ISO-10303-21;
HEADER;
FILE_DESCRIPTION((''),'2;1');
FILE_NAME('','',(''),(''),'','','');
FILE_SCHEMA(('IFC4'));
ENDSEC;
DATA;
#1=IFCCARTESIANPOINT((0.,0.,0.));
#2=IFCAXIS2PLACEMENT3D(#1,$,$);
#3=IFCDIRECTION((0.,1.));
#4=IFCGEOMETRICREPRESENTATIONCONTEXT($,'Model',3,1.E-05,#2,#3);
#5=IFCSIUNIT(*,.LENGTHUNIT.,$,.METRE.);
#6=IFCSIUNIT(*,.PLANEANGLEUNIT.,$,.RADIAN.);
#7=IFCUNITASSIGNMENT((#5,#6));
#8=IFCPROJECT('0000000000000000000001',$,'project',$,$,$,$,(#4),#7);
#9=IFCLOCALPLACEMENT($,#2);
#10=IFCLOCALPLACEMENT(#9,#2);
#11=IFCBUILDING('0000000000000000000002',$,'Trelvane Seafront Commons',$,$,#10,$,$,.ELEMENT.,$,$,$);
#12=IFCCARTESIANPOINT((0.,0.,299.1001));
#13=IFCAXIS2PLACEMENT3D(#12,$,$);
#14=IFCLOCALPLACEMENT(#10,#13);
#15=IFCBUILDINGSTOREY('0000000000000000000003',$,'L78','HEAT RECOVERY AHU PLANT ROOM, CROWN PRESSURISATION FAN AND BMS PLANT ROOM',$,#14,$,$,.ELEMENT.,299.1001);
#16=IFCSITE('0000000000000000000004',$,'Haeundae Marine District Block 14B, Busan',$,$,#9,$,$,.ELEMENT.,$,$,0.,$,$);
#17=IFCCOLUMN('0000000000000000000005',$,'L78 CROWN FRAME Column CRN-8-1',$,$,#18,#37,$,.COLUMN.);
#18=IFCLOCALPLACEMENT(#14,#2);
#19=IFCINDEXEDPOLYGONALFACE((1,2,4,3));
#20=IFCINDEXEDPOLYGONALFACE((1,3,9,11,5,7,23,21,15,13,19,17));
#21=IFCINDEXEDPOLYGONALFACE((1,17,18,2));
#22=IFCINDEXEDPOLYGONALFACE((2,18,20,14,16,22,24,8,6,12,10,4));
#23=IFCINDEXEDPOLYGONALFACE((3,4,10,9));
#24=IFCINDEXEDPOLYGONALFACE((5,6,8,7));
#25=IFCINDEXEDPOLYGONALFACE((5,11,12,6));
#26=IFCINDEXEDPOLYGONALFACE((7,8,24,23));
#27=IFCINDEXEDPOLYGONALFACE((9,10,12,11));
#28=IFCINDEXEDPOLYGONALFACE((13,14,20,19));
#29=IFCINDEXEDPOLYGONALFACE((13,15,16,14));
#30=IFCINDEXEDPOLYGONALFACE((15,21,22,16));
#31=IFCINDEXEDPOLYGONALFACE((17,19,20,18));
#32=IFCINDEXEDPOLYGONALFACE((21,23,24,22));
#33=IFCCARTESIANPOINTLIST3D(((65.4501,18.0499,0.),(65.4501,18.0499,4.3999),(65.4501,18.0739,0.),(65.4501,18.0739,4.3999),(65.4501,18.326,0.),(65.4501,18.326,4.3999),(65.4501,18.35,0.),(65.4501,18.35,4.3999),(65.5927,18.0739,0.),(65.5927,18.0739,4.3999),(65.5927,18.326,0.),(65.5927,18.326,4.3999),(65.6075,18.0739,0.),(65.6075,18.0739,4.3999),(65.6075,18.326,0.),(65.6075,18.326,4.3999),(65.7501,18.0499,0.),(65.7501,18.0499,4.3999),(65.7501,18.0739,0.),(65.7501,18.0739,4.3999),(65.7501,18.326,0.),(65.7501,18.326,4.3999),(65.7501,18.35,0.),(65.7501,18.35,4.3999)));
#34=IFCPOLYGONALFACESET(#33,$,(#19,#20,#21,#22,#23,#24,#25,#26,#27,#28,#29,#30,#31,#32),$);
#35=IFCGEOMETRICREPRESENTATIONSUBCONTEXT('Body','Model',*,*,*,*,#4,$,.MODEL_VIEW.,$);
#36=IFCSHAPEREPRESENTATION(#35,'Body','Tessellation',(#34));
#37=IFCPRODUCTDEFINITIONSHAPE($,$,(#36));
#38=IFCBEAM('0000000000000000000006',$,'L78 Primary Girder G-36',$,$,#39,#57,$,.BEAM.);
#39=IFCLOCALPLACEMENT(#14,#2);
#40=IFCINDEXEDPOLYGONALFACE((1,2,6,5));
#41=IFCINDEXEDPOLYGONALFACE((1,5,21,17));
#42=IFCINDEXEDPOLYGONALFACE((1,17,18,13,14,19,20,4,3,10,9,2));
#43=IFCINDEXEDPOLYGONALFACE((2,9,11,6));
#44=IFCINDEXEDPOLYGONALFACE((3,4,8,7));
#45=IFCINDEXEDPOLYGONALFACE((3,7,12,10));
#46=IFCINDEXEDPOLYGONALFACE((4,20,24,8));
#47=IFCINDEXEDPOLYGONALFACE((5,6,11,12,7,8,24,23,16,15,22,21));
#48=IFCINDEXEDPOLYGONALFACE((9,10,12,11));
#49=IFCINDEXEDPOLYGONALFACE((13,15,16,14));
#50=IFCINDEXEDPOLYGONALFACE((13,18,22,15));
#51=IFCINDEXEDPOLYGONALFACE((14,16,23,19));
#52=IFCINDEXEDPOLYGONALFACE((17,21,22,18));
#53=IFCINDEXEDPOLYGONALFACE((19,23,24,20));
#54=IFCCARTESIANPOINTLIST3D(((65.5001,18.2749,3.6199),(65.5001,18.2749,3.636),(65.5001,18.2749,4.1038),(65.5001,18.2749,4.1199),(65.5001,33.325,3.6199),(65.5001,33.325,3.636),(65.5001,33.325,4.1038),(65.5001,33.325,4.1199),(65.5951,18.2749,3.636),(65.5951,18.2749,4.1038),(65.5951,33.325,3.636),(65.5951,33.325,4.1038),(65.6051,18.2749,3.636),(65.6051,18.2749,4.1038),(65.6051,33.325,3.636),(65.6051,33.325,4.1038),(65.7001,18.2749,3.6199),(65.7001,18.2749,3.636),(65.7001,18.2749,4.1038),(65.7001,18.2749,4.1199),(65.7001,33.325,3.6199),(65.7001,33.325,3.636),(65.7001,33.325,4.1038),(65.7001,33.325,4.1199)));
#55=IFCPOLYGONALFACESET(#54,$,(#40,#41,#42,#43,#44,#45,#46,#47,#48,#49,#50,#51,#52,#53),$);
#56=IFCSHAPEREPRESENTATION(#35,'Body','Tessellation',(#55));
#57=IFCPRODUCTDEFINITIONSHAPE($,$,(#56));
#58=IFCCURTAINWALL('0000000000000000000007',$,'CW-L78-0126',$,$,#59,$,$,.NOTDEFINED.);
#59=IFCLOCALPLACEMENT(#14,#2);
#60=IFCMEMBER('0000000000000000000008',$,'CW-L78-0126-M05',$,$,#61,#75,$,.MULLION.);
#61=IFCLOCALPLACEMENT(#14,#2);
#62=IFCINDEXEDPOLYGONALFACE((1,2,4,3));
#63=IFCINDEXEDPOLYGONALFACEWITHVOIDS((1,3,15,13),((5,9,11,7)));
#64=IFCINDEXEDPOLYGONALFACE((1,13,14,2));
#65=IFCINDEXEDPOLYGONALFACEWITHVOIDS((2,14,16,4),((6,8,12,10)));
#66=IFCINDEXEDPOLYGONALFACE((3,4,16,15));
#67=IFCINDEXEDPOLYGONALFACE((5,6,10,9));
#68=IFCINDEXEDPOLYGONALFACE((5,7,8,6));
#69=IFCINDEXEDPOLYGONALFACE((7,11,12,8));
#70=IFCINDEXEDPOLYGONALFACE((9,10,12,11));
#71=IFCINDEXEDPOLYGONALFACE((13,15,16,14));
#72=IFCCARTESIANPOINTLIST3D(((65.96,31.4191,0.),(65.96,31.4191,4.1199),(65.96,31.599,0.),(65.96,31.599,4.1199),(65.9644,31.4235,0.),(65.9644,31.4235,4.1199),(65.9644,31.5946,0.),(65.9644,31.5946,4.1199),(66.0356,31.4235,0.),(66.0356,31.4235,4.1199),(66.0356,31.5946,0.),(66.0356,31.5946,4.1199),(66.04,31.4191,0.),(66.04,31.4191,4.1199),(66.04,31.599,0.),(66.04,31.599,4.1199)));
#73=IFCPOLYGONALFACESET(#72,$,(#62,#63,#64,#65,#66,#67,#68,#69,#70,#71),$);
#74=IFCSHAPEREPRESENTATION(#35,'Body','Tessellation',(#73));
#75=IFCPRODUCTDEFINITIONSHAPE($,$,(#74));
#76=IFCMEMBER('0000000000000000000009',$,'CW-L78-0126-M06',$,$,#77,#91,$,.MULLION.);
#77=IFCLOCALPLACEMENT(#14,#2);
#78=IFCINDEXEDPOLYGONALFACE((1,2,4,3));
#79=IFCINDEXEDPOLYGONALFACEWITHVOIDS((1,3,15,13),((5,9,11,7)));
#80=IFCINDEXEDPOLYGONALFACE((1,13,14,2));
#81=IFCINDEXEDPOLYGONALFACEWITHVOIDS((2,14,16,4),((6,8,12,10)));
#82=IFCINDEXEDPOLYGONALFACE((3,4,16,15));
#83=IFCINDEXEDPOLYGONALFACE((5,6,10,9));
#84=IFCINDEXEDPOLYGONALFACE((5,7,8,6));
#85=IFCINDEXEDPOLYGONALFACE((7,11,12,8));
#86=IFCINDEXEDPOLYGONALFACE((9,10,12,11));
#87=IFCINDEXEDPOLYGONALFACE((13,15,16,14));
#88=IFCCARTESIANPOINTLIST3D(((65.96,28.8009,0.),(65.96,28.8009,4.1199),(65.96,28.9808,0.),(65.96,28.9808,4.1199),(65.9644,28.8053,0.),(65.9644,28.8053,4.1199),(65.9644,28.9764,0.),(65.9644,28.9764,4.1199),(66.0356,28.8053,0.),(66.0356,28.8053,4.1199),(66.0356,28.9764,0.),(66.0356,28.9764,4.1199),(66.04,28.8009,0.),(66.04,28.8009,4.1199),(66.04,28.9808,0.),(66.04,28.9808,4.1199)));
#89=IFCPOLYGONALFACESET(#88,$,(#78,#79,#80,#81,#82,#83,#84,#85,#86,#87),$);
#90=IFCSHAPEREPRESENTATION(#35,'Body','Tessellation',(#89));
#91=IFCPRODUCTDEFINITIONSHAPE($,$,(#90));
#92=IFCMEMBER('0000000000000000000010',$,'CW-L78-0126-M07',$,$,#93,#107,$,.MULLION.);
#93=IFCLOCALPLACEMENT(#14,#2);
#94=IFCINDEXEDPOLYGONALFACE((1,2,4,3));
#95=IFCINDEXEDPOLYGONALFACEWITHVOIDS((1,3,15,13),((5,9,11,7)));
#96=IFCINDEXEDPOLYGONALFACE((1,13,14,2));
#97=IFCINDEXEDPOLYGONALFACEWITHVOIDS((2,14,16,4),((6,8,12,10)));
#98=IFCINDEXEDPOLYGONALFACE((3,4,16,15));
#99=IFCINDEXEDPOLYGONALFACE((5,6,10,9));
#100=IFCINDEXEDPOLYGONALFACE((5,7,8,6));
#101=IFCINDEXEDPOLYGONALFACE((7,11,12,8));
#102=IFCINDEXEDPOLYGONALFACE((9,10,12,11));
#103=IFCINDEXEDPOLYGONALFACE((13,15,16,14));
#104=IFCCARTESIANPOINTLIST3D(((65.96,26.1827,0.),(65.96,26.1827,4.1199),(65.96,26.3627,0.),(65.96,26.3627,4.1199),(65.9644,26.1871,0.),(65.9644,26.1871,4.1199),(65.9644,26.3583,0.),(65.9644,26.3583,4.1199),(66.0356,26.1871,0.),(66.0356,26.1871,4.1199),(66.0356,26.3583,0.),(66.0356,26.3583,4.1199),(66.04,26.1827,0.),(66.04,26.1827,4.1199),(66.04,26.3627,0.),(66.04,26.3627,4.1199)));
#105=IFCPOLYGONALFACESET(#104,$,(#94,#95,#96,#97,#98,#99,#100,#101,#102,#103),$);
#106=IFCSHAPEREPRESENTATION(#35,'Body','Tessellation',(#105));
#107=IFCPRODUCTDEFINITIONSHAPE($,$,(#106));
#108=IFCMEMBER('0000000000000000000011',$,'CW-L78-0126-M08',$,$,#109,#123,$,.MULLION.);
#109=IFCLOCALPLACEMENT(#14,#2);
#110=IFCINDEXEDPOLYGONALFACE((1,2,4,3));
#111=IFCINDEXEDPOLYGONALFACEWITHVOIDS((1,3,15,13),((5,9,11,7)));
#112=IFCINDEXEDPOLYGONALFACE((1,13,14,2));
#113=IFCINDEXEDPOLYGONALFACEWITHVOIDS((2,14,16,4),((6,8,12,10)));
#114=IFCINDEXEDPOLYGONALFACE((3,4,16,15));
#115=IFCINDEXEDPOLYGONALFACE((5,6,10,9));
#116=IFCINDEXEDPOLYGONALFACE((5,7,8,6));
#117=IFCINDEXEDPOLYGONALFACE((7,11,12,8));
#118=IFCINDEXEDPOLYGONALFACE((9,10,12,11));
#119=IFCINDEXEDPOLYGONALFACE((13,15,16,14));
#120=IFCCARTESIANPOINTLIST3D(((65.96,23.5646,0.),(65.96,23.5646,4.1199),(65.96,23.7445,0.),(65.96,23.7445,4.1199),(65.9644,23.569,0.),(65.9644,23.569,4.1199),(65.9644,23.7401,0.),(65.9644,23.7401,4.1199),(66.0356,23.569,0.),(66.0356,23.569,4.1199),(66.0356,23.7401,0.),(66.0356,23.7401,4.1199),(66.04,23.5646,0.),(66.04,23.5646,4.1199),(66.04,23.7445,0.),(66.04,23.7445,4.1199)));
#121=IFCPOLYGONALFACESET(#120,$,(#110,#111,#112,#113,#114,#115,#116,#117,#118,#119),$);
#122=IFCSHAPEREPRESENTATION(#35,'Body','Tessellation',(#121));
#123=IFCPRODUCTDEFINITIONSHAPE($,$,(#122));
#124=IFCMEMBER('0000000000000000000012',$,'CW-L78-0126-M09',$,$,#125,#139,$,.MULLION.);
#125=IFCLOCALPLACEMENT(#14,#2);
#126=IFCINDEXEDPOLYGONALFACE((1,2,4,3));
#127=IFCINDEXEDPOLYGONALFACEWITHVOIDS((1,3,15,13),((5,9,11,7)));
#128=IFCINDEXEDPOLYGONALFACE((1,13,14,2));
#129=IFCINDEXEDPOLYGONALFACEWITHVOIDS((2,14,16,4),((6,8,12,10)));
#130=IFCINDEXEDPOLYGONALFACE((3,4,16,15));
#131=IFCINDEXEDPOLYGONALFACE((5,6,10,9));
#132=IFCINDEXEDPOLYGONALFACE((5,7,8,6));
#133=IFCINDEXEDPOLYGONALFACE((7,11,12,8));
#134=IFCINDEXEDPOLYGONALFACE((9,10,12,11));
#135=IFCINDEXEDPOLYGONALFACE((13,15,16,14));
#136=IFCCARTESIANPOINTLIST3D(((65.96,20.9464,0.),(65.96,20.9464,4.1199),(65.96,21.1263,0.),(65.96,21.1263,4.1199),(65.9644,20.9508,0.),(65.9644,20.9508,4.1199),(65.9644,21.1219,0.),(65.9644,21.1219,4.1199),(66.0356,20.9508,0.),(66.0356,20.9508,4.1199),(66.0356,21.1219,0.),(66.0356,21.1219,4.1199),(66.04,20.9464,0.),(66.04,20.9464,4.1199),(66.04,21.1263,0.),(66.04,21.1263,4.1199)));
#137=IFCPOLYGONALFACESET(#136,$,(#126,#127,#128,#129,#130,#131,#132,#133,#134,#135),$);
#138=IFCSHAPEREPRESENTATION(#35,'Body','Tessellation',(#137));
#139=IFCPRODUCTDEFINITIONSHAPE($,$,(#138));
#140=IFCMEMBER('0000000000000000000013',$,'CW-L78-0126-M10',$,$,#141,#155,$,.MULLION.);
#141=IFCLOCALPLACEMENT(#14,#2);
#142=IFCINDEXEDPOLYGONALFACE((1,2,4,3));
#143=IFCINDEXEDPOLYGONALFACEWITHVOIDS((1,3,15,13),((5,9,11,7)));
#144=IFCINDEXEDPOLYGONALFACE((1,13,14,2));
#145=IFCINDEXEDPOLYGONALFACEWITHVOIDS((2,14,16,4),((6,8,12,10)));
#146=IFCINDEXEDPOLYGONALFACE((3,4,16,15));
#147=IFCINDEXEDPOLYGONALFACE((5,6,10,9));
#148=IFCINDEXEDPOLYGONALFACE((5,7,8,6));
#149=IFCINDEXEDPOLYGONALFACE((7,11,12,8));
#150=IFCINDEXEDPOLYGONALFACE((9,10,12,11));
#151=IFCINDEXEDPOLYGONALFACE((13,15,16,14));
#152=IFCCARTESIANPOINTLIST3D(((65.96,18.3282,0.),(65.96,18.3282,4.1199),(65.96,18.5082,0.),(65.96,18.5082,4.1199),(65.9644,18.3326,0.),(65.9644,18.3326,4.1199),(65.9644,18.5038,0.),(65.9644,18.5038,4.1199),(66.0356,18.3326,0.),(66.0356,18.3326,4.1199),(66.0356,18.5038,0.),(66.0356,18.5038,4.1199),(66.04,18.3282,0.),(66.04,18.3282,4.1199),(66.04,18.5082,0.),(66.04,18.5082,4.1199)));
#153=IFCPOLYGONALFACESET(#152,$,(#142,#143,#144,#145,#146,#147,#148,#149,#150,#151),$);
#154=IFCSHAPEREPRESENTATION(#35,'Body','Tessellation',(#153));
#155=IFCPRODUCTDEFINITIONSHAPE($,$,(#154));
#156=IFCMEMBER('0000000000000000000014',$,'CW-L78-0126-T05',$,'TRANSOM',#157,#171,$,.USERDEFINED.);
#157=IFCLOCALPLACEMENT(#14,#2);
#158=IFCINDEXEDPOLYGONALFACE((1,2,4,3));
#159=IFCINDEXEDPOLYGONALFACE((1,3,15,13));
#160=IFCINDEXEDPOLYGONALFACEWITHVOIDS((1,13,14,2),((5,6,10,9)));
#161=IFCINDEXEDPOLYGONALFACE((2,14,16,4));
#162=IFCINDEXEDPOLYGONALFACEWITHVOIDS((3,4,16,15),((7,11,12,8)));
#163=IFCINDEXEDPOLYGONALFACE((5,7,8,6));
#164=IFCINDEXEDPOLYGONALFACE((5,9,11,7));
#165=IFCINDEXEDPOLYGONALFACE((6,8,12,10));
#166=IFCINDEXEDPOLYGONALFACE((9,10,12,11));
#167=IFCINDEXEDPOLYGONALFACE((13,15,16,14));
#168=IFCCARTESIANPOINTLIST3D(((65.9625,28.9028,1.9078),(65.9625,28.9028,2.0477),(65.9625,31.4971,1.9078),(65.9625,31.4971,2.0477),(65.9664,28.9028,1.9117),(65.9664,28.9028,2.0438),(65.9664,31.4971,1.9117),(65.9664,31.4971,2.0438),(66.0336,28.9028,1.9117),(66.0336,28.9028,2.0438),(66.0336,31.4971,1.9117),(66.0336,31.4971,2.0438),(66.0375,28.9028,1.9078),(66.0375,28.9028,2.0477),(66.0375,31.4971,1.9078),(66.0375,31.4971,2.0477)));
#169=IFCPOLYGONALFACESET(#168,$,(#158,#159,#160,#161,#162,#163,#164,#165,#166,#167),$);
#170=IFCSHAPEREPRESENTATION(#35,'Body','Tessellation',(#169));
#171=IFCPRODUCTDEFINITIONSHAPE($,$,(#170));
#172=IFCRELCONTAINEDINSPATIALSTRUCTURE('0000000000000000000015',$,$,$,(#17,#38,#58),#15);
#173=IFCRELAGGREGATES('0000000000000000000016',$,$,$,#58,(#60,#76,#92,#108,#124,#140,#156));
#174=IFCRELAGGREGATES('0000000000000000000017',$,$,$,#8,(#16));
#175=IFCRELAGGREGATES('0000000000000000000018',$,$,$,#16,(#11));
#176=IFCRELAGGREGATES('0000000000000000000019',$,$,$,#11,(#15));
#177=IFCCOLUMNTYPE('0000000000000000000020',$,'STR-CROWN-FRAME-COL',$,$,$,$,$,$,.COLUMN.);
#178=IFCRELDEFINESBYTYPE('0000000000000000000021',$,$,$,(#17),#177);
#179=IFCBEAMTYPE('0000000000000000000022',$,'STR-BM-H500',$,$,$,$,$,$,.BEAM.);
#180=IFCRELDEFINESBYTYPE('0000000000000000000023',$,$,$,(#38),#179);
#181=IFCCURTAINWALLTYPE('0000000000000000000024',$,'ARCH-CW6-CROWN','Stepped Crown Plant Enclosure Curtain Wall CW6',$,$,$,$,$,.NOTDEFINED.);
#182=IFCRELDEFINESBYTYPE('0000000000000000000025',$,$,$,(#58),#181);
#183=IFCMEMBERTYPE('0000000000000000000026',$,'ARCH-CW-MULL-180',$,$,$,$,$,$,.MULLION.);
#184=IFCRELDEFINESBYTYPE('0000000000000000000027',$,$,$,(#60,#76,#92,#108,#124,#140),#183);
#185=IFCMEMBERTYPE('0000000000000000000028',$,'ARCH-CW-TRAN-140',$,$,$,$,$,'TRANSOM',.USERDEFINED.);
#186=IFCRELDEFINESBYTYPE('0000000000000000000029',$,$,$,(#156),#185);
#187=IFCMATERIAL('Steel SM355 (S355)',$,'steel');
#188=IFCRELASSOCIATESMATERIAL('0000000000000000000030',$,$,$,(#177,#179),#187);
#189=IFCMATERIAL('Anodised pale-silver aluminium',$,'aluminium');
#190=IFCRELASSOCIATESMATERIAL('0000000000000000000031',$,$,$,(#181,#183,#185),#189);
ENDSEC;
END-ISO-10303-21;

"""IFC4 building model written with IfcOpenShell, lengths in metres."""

from ifc_helpers import new_model, si_unit, direction, frame, origin, origin_2d, place, context, subcontext, project, spatial, hollow_rectangle, i_section, extrude, source, transform, mapped, material, material_profile, profile_set, type_object, element, aggregate, save


model = new_model("IFC4")

# Units and contexts
model_context = context("Model", 3, precision=1e-05, world=origin(), true_north=direction((0.0, 1.0)))
body_context = subcontext(model_context, "Body", "Model", "MODEL_VIEW")
ifc_project = project(units=[si_unit("LENGTHUNIT", "METRE"), si_unit("PLANEANGLEUNIT", "RADIAN")], contexts=[model_context])

# Site, building, storey
site_placement = place(None, origin())
site = spatial("IfcSite", under=ifc_project, at=site_placement, Name="Haeundae Marine District Block 14B, Busan", CompositionType="ELEMENT", RefElevation=0.0)
building_placement = place(site_placement, origin())
building = spatial("IfcBuilding", under=site, at=building_placement, Name="Trelvane Seafront Commons", CompositionType="ELEMENT")
storey_placement = place(building_placement, frame((0.0, 0.0, 299.1001)))
storey = spatial("IfcBuildingStorey", under=building, at=storey_placement, Name="L78", Description="HEAT RECOVERY AHU PLANT ROOM, CROWN PRESSURISATION FAN AND BMS PLANT ROOM", CompositionType="ELEMENT", Elevation=299.1001)

# Column
ifc_material_1 = material(Name="Steel SM355 (S355)", Category="steel")
ifc_material_profile_1 = material_profile(ifc_material_1, i_section(OverallWidth=0.3, OverallDepth=0.3, WebThickness=0.0149, FlangeThickness=0.0239, at=origin_2d()), Name="HD-300x300x15x24")
ifc_profile_set_1 = profile_set([ifc_material_profile_1], Name="Steel SM355 (S355)")
column_type = type_object("IfcColumnType", Name="STR-CROWN-FRAME-COL", PredefinedType="COLUMN", material=ifc_profile_set_1)
shared_shape_1 = source(origin(), body_context, "Body", "SweptSolid", [
    extrude(i_section(OverallWidth=0.3, OverallDepth=0.3, WebThickness=0.0149, FlangeThickness=0.0239, at=origin_2d()), origin(), (0.0, 0.0, 1.0), 4.3999),
])
column_placement = place(storey_placement, frame((65.6001, 18.2, 0.0), z_axis=(0.0, 0.0, 1.0), x_axis=(1.0, 0.0, 0.0)))
element("IfcColumn", 1, at=column_placement, inside=storey, type_object=column_type, Name="L78 CROWN FRAME Column CRN-8-1", PredefinedType="COLUMN", context=body_context, shape_type="MappedRepresentation", body=[
    mapped(shared_shape_1, transform((0.0, 0.0, 0.0), x_axis=(1.0, 0.0, 0.0), y_axis=(0.0, 1.0, 0.0), z_axis=(0.0, 0.0, 1.0), scale=1.0)),
])

# Beam
ifc_material_profile_2 = material_profile(ifc_material_1, i_section(OverallWidth=0.2, OverallDepth=0.5, WebThickness=0.01, FlangeThickness=0.0161, at=origin_2d()), Name="H-500x200x10x16")
ifc_profile_set_2 = profile_set([ifc_material_profile_2], Name="Steel SM355 (S355)")
beam_type = type_object("IfcBeamType", Name="STR-BM-H500", PredefinedType="BEAM", material=ifc_profile_set_2)
shared_shape_2 = source(origin(), body_context, "Body", "SweptSolid", [
    extrude(i_section(OverallWidth=0.2, OverallDepth=0.5, WebThickness=0.01, FlangeThickness=0.0161, at=origin_2d()), origin(), (0.0, 0.0, 1.0), 15.05),
])
beam_placement = place(storey_placement, frame((65.6001, 18.2749, 3.8699), z_axis=(0.0, 1.0, 0.0), x_axis=(-1.0, 0.0, 0.0)))
element("IfcBeam", 2, at=beam_placement, inside=storey, type_object=beam_type, Name="L78 Primary Girder G-36", PredefinedType="BEAM", context=body_context, shape_type="MappedRepresentation", body=[
    mapped(shared_shape_2, transform((0.0, 0.0, 0.0), x_axis=(1.0, 0.0, 0.0), y_axis=(0.0, 1.0, 0.0), z_axis=(0.0, 0.0, 1.0), scale=1.0)),
])

# Curtain wall, members
ifc_material_2 = material(Name="Anodised pale-silver aluminium", Category="aluminium")
curtain_wall_type = type_object("IfcCurtainWallType", Name="ARCH-CW6-CROWN", Description="Stepped Crown Plant Enclosure Curtain Wall CW6", PredefinedType="NOTDEFINED", material=ifc_material_2)
curtain_wall_placement = place(storey_placement, origin())
curtain_wall = element("IfcCurtainWall", 3, at=curtain_wall_placement, inside=storey, type_object=curtain_wall_type, Name="CW-L78-0126", PredefinedType="NOTDEFINED")
ifc_material_profile_3 = material_profile(ifc_material_2, hollow_rectangle(XDim=0.0801, YDim=0.1799, WallThickness=0.0044, at=origin_2d()), Name="MULL-80x180x4.5")
ifc_profile_set_3 = profile_set([ifc_material_profile_3], Name="Anodised pale-silver aluminium")
member_type_1 = type_object("IfcMemberType", Name="ARCH-CW-MULL-180", PredefinedType="MULLION", material=ifc_profile_set_3)
shared_shape_3 = source(origin(), body_context, "Body", "SweptSolid", [
    extrude(hollow_rectangle(XDim=0.0801, YDim=0.1799, WallThickness=0.0044, at=origin_2d()), origin(), (0.0, 0.0, 1.0), 4.1199),
])
member_1_placement = place(storey_placement, frame((66.0, 31.509, 0.0), z_axis=(0.0, 0.0, 1.0), x_axis=(1.0, 0.0, 0.0)))
member_1 = element("IfcMember", 4, at=member_1_placement, type_object=member_type_1, Name="CW-L78-0126-M05", PredefinedType="MULLION", context=body_context, shape_type="MappedRepresentation", body=[
    mapped(shared_shape_3, transform((0.0, 0.0, 0.0), x_axis=(1.0, 0.0, 0.0), y_axis=(0.0, 1.0, 0.0), z_axis=(0.0, 0.0, 1.0), scale=1.0)),
])
member_2_placement = place(storey_placement, frame((66.0, 28.8909, 0.0), z_axis=(0.0, 0.0, 1.0), x_axis=(1.0, 0.0, 0.0)))
member_2 = element("IfcMember", 5, at=member_2_placement, type_object=member_type_1, Name="CW-L78-0126-M06", PredefinedType="MULLION", context=body_context, shape_type="MappedRepresentation", body=[
    mapped(shared_shape_3, transform((0.0, 0.0, 0.0), x_axis=(1.0, 0.0, 0.0), y_axis=(0.0, 1.0, 0.0), z_axis=(0.0, 0.0, 1.0), scale=1.0)),
])
member_3_placement = place(storey_placement, frame((66.0, 26.2727, 0.0), z_axis=(0.0, 0.0, 1.0), x_axis=(1.0, 0.0, 0.0)))
member_3 = element("IfcMember", 6, at=member_3_placement, type_object=member_type_1, Name="CW-L78-0126-M07", PredefinedType="MULLION", context=body_context, shape_type="MappedRepresentation", body=[
    mapped(shared_shape_3, transform((0.0, 0.0, 0.0), x_axis=(1.0, 0.0, 0.0), y_axis=(0.0, 1.0, 0.0), z_axis=(0.0, 0.0, 1.0), scale=1.0)),
])
member_4_placement = place(storey_placement, frame((66.0, 23.6545, 0.0), z_axis=(0.0, 0.0, 1.0), x_axis=(1.0, 0.0, 0.0)))
member_4 = element("IfcMember", 7, at=member_4_placement, type_object=member_type_1, Name="CW-L78-0126-M08", PredefinedType="MULLION", context=body_context, shape_type="MappedRepresentation", body=[
    mapped(shared_shape_3, transform((0.0, 0.0, 0.0), x_axis=(1.0, 0.0, 0.0), y_axis=(0.0, 1.0, 0.0), z_axis=(0.0, 0.0, 1.0), scale=1.0)),
])
member_5_placement = place(storey_placement, frame((66.0, 21.0364, 0.0), z_axis=(0.0, 0.0, 1.0), x_axis=(1.0, 0.0, 0.0)))
member_5 = element("IfcMember", 8, at=member_5_placement, type_object=member_type_1, Name="CW-L78-0126-M09", PredefinedType="MULLION", context=body_context, shape_type="MappedRepresentation", body=[
    mapped(shared_shape_3, transform((0.0, 0.0, 0.0), x_axis=(1.0, 0.0, 0.0), y_axis=(0.0, 1.0, 0.0), z_axis=(0.0, 0.0, 1.0), scale=1.0)),
])
member_6_placement = place(storey_placement, frame((66.0, 18.4182, 0.0), z_axis=(0.0, 0.0, 1.0), x_axis=(1.0, 0.0, 0.0)))
member_6 = element("IfcMember", 9, at=member_6_placement, type_object=member_type_1, Name="CW-L78-0126-M10", PredefinedType="MULLION", context=body_context, shape_type="MappedRepresentation", body=[
    mapped(shared_shape_3, transform((0.0, 0.0, 0.0), x_axis=(1.0, 0.0, 0.0), y_axis=(0.0, 1.0, 0.0), z_axis=(0.0, 0.0, 1.0), scale=1.0)),
])
ifc_material_profile_4 = material_profile(ifc_material_2, hollow_rectangle(XDim=0.075, YDim=0.1399, WallThickness=0.0039, at=origin_2d()), Name="TRAN-75x140x4")
ifc_profile_set_4 = profile_set([ifc_material_profile_4], Name="Anodised pale-silver aluminium")
member_type_2 = type_object("IfcMemberType", Name="ARCH-CW-TRAN-140", ElementType="TRANSOM", PredefinedType="USERDEFINED", material=ifc_profile_set_4)
shared_shape_4 = source(origin(), body_context, "Body", "SweptSolid", [
    extrude(hollow_rectangle(XDim=0.075, YDim=0.1399, WallThickness=0.0039, at=origin_2d()), origin(), (0.0, 0.0, 1.0), 2.5942),
])
member_7_placement = place(storey_placement, frame((66.0, 31.4971, 1.9778), z_axis=(0.0, -1.0, 0.0), x_axis=(1.0, 0.0, 0.0)))
member_7 = element("IfcMember", 10, at=member_7_placement, type_object=member_type_2, Name="CW-L78-0126-T05", ObjectType="TRANSOM", PredefinedType="USERDEFINED", context=body_context, shape_type="MappedRepresentation", body=[
    mapped(shared_shape_4, transform((0.0, 0.0, 0.0), x_axis=(1.0, 0.0, 0.0), y_axis=(0.0, 1.0, 0.0), z_axis=(0.0, 0.0, 1.0), scale=1.0)),
])

aggregate(curtain_wall, [member_1, member_2, member_3, member_4, member_5, member_6, member_7])

save(model, "model.ifc")
